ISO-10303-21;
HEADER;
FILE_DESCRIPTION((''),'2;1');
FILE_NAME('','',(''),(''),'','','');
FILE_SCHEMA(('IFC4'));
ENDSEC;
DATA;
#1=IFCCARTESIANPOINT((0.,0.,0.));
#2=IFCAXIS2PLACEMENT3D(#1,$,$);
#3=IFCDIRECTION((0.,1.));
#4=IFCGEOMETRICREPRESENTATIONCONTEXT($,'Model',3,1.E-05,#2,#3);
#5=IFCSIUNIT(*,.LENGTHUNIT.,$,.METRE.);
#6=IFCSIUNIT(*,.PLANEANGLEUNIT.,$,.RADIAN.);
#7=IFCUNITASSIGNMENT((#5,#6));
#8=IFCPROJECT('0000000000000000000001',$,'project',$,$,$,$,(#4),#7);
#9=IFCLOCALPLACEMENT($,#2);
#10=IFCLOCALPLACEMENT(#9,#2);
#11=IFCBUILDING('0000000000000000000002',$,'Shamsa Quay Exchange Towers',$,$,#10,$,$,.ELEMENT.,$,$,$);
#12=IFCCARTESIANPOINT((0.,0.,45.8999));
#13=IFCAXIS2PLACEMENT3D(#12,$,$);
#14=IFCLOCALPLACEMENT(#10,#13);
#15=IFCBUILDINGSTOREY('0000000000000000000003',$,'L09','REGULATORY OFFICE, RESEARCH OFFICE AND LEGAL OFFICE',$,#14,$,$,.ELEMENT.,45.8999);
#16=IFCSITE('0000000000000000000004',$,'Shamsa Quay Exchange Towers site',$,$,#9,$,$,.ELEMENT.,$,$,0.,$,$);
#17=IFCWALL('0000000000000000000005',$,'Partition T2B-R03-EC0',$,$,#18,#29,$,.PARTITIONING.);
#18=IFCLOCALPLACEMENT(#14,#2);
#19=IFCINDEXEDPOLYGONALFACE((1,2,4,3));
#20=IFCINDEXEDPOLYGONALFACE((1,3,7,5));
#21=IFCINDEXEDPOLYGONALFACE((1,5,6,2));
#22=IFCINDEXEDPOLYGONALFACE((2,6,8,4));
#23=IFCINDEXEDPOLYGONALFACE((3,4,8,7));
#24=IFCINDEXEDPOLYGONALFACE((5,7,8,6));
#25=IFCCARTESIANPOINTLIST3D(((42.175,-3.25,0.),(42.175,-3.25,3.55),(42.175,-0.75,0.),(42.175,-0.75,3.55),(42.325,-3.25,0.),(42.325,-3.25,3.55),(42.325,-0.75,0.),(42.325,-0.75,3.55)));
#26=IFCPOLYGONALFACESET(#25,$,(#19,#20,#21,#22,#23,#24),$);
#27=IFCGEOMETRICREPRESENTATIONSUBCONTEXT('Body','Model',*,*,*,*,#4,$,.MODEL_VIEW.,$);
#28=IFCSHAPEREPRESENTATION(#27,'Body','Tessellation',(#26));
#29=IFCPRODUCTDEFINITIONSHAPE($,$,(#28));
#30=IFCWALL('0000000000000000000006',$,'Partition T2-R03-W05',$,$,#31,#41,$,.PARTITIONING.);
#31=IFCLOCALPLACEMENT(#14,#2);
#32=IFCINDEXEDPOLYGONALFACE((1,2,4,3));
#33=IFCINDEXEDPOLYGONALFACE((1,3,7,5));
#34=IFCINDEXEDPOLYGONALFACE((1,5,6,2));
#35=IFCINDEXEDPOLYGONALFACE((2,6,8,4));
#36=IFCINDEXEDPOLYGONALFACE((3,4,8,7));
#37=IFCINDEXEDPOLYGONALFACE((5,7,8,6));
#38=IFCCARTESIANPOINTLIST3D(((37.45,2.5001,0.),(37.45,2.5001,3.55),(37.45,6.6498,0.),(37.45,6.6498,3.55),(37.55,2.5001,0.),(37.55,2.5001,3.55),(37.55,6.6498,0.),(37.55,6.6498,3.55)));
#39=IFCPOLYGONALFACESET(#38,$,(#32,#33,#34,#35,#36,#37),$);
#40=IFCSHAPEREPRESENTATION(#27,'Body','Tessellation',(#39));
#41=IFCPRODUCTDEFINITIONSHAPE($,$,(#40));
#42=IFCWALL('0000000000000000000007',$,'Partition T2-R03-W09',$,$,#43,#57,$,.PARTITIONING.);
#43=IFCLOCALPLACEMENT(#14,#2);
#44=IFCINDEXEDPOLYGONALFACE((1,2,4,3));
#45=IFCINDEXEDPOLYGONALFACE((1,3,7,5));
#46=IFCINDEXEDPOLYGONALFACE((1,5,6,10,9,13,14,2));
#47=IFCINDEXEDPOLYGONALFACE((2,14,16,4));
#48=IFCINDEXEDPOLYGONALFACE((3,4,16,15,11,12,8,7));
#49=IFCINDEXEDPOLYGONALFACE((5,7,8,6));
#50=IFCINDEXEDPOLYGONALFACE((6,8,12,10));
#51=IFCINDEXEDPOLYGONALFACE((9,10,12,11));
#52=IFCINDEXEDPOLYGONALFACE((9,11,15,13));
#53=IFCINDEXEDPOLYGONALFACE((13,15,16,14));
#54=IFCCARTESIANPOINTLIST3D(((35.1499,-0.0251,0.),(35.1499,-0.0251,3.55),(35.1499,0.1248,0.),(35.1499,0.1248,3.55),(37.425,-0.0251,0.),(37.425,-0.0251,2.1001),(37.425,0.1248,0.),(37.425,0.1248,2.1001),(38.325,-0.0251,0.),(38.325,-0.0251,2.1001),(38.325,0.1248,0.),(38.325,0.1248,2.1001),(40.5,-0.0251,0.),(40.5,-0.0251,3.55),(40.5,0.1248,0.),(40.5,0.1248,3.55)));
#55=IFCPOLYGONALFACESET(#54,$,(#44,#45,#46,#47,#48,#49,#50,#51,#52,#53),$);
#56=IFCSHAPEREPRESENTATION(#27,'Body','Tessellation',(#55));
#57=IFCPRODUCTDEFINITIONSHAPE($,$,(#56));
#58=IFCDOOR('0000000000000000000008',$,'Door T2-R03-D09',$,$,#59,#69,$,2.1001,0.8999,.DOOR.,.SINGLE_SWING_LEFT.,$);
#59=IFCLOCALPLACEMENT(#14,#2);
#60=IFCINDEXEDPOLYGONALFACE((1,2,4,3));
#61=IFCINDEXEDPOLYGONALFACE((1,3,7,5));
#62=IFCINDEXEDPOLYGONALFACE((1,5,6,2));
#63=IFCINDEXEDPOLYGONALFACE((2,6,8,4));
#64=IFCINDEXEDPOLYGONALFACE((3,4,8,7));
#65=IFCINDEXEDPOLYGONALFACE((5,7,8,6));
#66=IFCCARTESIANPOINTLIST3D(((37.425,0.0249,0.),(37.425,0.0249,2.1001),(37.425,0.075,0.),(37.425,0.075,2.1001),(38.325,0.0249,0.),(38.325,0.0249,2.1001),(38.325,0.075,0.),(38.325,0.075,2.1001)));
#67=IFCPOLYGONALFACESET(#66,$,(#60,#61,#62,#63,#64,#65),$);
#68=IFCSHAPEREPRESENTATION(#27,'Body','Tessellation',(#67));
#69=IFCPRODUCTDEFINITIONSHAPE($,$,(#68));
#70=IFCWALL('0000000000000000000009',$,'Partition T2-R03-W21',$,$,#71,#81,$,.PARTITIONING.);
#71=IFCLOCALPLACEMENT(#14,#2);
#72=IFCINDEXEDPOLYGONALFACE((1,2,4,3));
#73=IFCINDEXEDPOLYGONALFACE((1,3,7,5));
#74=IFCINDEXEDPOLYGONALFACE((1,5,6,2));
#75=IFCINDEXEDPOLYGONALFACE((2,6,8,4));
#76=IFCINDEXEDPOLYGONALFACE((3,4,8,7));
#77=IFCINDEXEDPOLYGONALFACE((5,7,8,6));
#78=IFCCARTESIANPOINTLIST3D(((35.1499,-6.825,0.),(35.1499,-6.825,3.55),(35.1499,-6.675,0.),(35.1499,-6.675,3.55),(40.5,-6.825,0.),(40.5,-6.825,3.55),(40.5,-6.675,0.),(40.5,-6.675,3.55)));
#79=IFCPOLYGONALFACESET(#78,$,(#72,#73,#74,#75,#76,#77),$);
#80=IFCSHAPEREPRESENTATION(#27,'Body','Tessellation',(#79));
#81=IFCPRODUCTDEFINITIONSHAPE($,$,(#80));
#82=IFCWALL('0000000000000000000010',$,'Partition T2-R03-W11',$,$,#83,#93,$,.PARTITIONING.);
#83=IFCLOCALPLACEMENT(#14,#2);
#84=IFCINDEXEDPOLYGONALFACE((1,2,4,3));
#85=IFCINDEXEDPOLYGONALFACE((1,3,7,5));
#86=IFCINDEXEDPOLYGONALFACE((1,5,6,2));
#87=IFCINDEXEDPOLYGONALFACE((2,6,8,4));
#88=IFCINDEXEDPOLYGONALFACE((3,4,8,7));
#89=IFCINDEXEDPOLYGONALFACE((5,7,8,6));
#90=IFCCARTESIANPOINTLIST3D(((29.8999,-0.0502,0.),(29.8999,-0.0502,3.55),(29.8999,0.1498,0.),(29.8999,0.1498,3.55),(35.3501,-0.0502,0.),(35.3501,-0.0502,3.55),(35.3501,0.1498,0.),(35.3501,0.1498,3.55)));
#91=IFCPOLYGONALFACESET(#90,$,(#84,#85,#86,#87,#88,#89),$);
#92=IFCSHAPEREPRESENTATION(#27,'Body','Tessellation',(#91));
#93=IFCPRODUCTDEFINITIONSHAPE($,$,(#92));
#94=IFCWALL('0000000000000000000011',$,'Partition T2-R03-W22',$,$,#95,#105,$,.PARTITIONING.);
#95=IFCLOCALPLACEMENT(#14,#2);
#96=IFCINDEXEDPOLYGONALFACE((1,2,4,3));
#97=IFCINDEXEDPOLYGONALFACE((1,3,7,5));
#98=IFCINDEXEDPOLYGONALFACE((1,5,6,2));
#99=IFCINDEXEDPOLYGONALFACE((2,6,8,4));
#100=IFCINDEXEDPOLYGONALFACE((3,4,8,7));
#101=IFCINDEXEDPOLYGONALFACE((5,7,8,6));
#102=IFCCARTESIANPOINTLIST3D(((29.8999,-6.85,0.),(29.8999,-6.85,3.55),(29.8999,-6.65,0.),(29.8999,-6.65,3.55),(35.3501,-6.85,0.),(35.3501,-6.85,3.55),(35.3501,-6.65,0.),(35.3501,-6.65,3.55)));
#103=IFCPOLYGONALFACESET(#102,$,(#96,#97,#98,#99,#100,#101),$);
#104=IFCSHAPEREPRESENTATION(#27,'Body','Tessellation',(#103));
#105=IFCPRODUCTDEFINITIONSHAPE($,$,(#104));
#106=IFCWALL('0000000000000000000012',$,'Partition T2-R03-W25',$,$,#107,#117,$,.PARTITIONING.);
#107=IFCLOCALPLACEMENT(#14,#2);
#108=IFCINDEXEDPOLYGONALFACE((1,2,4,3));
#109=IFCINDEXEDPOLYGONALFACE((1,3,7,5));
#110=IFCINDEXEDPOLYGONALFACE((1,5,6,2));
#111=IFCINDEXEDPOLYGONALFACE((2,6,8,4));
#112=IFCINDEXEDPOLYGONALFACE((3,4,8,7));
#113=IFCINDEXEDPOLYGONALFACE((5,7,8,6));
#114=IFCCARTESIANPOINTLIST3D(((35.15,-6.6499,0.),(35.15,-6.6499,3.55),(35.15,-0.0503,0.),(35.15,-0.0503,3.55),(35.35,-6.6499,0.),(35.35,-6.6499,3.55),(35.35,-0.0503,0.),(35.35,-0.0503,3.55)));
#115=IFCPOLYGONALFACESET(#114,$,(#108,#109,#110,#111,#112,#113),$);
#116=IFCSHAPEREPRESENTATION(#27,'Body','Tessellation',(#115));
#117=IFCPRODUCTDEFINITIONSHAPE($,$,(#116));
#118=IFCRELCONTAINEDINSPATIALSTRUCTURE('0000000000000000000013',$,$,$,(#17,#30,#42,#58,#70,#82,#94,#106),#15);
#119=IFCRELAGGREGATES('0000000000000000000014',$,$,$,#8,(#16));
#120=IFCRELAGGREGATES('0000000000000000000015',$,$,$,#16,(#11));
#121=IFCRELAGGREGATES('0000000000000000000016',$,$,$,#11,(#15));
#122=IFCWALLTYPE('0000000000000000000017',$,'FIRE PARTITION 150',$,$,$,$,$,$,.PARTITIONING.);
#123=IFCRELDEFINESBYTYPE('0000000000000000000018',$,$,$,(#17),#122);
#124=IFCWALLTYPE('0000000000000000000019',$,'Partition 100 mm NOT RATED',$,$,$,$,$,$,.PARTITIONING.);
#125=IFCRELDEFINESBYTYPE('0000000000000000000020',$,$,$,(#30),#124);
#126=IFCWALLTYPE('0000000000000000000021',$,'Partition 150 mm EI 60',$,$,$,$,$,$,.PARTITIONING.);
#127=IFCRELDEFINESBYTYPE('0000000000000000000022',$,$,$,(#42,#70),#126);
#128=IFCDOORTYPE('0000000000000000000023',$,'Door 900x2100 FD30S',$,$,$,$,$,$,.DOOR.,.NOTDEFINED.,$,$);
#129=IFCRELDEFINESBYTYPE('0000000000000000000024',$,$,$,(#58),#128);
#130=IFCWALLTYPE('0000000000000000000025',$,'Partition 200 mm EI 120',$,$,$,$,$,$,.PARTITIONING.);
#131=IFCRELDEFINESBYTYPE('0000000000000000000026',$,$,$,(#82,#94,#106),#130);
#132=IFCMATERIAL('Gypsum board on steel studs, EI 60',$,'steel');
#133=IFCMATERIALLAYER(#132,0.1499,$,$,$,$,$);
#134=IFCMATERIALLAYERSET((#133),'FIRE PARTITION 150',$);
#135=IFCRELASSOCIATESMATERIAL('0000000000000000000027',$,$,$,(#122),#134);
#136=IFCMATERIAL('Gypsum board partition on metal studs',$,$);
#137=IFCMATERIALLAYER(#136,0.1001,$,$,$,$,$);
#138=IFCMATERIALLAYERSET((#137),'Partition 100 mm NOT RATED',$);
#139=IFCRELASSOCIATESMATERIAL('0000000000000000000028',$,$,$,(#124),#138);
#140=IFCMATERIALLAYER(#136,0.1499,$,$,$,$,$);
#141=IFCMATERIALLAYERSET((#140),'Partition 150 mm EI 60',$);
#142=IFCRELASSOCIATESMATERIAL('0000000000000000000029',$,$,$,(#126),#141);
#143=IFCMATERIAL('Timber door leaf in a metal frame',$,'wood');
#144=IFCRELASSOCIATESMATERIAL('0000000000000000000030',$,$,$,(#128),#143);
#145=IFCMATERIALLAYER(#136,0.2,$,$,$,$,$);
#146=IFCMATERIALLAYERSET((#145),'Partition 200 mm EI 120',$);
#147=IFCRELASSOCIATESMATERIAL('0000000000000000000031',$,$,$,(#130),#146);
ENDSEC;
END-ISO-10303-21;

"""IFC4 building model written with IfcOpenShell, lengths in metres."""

from ifc_helpers import new_model, si_unit, direction, frame, frame_2d, origin, place, context, subcontext, project, spatial, rectangle, extrude, material, layer, layer_set, type_object, element, fill, save


model = new_model("IFC4")

# Units and contexts
model_context = context("Model", 3, precision=1e-05, world=origin(), true_north=direction((0.0, 1.0)))
body_context = subcontext(model_context, "Body", "Model", "MODEL_VIEW")
ifc_project = project(units=[si_unit("LENGTHUNIT", "METRE"), si_unit("PLANEANGLEUNIT", "RADIAN")], contexts=[model_context])

# Site, building, storey
site_placement = place(None, origin())
site = spatial("IfcSite", under=ifc_project, at=site_placement, Name="Shamsa Quay Exchange Towers site", CompositionType="ELEMENT", RefElevation=0.0)
building_placement = place(site_placement, origin())
building = spatial("IfcBuilding", under=site, at=building_placement, Name="Shamsa Quay Exchange Towers", CompositionType="ELEMENT")
storey_placement = place(building_placement, frame((0.0, 0.0, 45.8999)))
storey = spatial("IfcBuildingStorey", under=building, at=storey_placement, Name="L09", Description="REGULATORY OFFICE, RESEARCH OFFICE AND LEGAL OFFICE", CompositionType="ELEMENT", Elevation=45.8999)

# Walls
ifc_material_1 = material(Name="Gypsum board on steel studs, EI 60", Category="steel")
ifc_layer_1 = layer(ifc_material_1, 0.1499)
ifc_layer_set_1 = layer_set([ifc_layer_1], Name="FIRE PARTITION 150")
wall_type_1 = type_object("IfcWallType", Name="FIRE PARTITION 150", PredefinedType="PARTITIONING", material=ifc_layer_set_1)
wall_1_placement = place(storey_placement, frame((42.25, -3.25, 0.0), z_axis=(0.0, 0.0, 1.0), x_axis=(0.0, 1.0, 0.0)))
element("IfcWall", 1, at=wall_1_placement, inside=storey, type_object=wall_type_1, Name="Partition T2B-R03-EC0", PredefinedType="PARTITIONING", context=body_context, shape_type="SweptSolid", body=[
    extrude(rectangle(XDim=2.5, YDim=0.1499, at=frame_2d((1.25, 0.0))), origin(), (0.0, 0.0, 1.0), 3.55),
])
ifc_material_2 = material(Name="Gypsum board partition on metal studs")
ifc_layer_2 = layer(ifc_material_2, 0.1001)
ifc_layer_set_2 = layer_set([ifc_layer_2], Name="Partition 100 mm NOT RATED")
wall_type_2 = type_object("IfcWallType", Name="Partition 100 mm NOT RATED", PredefinedType="PARTITIONING", material=ifc_layer_set_2)
wall_2_placement = place(storey_placement, frame((37.5, 2.5002, 0.0), z_axis=(0.0, 0.0, 1.0), x_axis=(0.0, 1.0, 0.0)))
element("IfcWall", 2, at=wall_2_placement, inside=storey, type_object=wall_type_2, Name="Partition T2-R03-W05", PredefinedType="PARTITIONING", context=body_context, shape_type="SweptSolid", body=[
    extrude(rectangle(XDim=4.1497, YDim=0.1001, at=frame_2d((2.0747, 0.0))), origin(), (0.0, 0.0, 1.0), 3.55),
])

# Wall, opening, door
ifc_layer_3 = layer(ifc_material_2, 0.1499)
ifc_layer_set_3 = layer_set([ifc_layer_3], Name="Partition 150 mm EI 60")
wall_type_3 = type_object("IfcWallType", Name="Partition 150 mm EI 60", PredefinedType="PARTITIONING", material=ifc_layer_set_3)
wall_3_placement = place(storey_placement, frame((40.5, 0.0498, 0.0), z_axis=(0.0, 0.0, 1.0), x_axis=(-1.0, 0.0, 0.0)))
wall_3 = element("IfcWall", 3, at=wall_3_placement, inside=storey, type_object=wall_type_3, Name="Partition T2-R03-W09", PredefinedType="PARTITIONING", context=body_context, shape_type="SweptSolid", body=[
    extrude(rectangle(XDim=5.3501, YDim=0.1499, at=frame_2d((2.675, 0.0))), origin(), (0.0, 0.0, 1.0), 3.55),
])
opening_1_placement = place(wall_3_placement, frame((2.175, 0.0, 0.0)))
opening_1 = element("IfcOpeningElement", 4, at=opening_1_placement, cuts=wall_3, PredefinedType="OPENING", context=body_context, shape_type="SweptSolid", body=[
    extrude(rectangle(XDim=0.8999, YDim=2.1001, at=frame_2d((0.45, 1.05))), frame((0.0, 0.085, 0.0), z_axis=(0.0, -1.0, 0.0), x_axis=(1.0, 0.0, 0.0)), (0.0, 0.0, 1.0), 0.1699),
])
ifc_material_3 = material(Name="Timber door leaf in a metal frame", Category="wood")
door_type_1 = type_object("IfcDoorType", Name="Door 900x2100 FD30S", OperationType="NOTDEFINED", PredefinedType="DOOR", material=ifc_material_3)
door_1_placement = place(opening_1_placement, origin())
door_1 = element("IfcDoor", 5, at=door_1_placement, inside=storey, type_object=door_type_1, Name="Door T2-R03-D09", OperationType="SINGLE_SWING_LEFT", OverallHeight=2.1001, OverallWidth=0.8999, PredefinedType="DOOR", context=body_context, shape_type="SweptSolid", body=[
    extrude(rectangle(XDim=0.8999, YDim=2.1001, at=frame_2d((0.45, 1.05))), frame((0.0, 0.0249, 0.0), z_axis=(0.0, -1.0, 0.0), x_axis=(1.0, 0.0, 0.0)), (0.0, 0.0, 1.0), 0.05),
])
fill(opening_1, door_1)

# Walls
wall_4_placement = place(storey_placement, frame((40.5, -6.75, 0.0), z_axis=(0.0, 0.0, 1.0), x_axis=(-1.0, 0.0, 0.0)))
element("IfcWall", 6, at=wall_4_placement, inside=storey, type_object=wall_type_3, Name="Partition T2-R03-W21", PredefinedType="PARTITIONING", context=body_context, shape_type="SweptSolid", body=[
    extrude(rectangle(XDim=5.3501, YDim=0.1499, at=frame_2d((2.675, 0.0))), origin(), (0.0, 0.0, 1.0), 3.55),
])
ifc_layer_4 = layer(ifc_material_2, 0.2)
ifc_layer_set_4 = layer_set([ifc_layer_4], Name="Partition 200 mm EI 120")
wall_type_4 = type_object("IfcWallType", Name="Partition 200 mm EI 120", PredefinedType="PARTITIONING", material=ifc_layer_set_4)
for number, where, z_axis, x_axis, name in (
    (7, (35.3501, 0.0498, 0.0), (0.0, 0.0, 1.0), (-1.0, 0.0, 0.0), "Partition T2-R03-W11"),
    (8, (35.3501, -6.75, 0.0), (0.0, 0.0, 1.0), (-1.0, 0.0, 0.0), "Partition T2-R03-W22"),
):
    element("IfcWall", number, at=place(storey_placement, frame(where, z_axis=z_axis, x_axis=x_axis)), inside=storey, type_object=wall_type_4, Name=name, PredefinedType="PARTITIONING", context=body_context, shape_type="SweptSolid", body=[
        extrude(rectangle(XDim=5.4502, YDim=0.2, at=frame_2d((2.7251, 0.0))), origin(), (0.0, 0.0, 1.0), 3.55),
    ])
wall_5_placement = place(storey_placement, frame((35.25, -0.0503, 0.0), z_axis=(0.0, 0.0, 1.0), x_axis=(0.0, -1.0, 0.0)))
element("IfcWall", 9, at=wall_5_placement, inside=storey, type_object=wall_type_4, Name="Partition T2-R03-W25", PredefinedType="PARTITIONING", context=body_context, shape_type="SweptSolid", body=[
    extrude(rectangle(XDim=6.5996, YDim=0.2, at=frame_2d((3.2998, 0.0))), origin(), (0.0, 0.0, 1.0), 3.55),
])

save(model, "model.ifc")
